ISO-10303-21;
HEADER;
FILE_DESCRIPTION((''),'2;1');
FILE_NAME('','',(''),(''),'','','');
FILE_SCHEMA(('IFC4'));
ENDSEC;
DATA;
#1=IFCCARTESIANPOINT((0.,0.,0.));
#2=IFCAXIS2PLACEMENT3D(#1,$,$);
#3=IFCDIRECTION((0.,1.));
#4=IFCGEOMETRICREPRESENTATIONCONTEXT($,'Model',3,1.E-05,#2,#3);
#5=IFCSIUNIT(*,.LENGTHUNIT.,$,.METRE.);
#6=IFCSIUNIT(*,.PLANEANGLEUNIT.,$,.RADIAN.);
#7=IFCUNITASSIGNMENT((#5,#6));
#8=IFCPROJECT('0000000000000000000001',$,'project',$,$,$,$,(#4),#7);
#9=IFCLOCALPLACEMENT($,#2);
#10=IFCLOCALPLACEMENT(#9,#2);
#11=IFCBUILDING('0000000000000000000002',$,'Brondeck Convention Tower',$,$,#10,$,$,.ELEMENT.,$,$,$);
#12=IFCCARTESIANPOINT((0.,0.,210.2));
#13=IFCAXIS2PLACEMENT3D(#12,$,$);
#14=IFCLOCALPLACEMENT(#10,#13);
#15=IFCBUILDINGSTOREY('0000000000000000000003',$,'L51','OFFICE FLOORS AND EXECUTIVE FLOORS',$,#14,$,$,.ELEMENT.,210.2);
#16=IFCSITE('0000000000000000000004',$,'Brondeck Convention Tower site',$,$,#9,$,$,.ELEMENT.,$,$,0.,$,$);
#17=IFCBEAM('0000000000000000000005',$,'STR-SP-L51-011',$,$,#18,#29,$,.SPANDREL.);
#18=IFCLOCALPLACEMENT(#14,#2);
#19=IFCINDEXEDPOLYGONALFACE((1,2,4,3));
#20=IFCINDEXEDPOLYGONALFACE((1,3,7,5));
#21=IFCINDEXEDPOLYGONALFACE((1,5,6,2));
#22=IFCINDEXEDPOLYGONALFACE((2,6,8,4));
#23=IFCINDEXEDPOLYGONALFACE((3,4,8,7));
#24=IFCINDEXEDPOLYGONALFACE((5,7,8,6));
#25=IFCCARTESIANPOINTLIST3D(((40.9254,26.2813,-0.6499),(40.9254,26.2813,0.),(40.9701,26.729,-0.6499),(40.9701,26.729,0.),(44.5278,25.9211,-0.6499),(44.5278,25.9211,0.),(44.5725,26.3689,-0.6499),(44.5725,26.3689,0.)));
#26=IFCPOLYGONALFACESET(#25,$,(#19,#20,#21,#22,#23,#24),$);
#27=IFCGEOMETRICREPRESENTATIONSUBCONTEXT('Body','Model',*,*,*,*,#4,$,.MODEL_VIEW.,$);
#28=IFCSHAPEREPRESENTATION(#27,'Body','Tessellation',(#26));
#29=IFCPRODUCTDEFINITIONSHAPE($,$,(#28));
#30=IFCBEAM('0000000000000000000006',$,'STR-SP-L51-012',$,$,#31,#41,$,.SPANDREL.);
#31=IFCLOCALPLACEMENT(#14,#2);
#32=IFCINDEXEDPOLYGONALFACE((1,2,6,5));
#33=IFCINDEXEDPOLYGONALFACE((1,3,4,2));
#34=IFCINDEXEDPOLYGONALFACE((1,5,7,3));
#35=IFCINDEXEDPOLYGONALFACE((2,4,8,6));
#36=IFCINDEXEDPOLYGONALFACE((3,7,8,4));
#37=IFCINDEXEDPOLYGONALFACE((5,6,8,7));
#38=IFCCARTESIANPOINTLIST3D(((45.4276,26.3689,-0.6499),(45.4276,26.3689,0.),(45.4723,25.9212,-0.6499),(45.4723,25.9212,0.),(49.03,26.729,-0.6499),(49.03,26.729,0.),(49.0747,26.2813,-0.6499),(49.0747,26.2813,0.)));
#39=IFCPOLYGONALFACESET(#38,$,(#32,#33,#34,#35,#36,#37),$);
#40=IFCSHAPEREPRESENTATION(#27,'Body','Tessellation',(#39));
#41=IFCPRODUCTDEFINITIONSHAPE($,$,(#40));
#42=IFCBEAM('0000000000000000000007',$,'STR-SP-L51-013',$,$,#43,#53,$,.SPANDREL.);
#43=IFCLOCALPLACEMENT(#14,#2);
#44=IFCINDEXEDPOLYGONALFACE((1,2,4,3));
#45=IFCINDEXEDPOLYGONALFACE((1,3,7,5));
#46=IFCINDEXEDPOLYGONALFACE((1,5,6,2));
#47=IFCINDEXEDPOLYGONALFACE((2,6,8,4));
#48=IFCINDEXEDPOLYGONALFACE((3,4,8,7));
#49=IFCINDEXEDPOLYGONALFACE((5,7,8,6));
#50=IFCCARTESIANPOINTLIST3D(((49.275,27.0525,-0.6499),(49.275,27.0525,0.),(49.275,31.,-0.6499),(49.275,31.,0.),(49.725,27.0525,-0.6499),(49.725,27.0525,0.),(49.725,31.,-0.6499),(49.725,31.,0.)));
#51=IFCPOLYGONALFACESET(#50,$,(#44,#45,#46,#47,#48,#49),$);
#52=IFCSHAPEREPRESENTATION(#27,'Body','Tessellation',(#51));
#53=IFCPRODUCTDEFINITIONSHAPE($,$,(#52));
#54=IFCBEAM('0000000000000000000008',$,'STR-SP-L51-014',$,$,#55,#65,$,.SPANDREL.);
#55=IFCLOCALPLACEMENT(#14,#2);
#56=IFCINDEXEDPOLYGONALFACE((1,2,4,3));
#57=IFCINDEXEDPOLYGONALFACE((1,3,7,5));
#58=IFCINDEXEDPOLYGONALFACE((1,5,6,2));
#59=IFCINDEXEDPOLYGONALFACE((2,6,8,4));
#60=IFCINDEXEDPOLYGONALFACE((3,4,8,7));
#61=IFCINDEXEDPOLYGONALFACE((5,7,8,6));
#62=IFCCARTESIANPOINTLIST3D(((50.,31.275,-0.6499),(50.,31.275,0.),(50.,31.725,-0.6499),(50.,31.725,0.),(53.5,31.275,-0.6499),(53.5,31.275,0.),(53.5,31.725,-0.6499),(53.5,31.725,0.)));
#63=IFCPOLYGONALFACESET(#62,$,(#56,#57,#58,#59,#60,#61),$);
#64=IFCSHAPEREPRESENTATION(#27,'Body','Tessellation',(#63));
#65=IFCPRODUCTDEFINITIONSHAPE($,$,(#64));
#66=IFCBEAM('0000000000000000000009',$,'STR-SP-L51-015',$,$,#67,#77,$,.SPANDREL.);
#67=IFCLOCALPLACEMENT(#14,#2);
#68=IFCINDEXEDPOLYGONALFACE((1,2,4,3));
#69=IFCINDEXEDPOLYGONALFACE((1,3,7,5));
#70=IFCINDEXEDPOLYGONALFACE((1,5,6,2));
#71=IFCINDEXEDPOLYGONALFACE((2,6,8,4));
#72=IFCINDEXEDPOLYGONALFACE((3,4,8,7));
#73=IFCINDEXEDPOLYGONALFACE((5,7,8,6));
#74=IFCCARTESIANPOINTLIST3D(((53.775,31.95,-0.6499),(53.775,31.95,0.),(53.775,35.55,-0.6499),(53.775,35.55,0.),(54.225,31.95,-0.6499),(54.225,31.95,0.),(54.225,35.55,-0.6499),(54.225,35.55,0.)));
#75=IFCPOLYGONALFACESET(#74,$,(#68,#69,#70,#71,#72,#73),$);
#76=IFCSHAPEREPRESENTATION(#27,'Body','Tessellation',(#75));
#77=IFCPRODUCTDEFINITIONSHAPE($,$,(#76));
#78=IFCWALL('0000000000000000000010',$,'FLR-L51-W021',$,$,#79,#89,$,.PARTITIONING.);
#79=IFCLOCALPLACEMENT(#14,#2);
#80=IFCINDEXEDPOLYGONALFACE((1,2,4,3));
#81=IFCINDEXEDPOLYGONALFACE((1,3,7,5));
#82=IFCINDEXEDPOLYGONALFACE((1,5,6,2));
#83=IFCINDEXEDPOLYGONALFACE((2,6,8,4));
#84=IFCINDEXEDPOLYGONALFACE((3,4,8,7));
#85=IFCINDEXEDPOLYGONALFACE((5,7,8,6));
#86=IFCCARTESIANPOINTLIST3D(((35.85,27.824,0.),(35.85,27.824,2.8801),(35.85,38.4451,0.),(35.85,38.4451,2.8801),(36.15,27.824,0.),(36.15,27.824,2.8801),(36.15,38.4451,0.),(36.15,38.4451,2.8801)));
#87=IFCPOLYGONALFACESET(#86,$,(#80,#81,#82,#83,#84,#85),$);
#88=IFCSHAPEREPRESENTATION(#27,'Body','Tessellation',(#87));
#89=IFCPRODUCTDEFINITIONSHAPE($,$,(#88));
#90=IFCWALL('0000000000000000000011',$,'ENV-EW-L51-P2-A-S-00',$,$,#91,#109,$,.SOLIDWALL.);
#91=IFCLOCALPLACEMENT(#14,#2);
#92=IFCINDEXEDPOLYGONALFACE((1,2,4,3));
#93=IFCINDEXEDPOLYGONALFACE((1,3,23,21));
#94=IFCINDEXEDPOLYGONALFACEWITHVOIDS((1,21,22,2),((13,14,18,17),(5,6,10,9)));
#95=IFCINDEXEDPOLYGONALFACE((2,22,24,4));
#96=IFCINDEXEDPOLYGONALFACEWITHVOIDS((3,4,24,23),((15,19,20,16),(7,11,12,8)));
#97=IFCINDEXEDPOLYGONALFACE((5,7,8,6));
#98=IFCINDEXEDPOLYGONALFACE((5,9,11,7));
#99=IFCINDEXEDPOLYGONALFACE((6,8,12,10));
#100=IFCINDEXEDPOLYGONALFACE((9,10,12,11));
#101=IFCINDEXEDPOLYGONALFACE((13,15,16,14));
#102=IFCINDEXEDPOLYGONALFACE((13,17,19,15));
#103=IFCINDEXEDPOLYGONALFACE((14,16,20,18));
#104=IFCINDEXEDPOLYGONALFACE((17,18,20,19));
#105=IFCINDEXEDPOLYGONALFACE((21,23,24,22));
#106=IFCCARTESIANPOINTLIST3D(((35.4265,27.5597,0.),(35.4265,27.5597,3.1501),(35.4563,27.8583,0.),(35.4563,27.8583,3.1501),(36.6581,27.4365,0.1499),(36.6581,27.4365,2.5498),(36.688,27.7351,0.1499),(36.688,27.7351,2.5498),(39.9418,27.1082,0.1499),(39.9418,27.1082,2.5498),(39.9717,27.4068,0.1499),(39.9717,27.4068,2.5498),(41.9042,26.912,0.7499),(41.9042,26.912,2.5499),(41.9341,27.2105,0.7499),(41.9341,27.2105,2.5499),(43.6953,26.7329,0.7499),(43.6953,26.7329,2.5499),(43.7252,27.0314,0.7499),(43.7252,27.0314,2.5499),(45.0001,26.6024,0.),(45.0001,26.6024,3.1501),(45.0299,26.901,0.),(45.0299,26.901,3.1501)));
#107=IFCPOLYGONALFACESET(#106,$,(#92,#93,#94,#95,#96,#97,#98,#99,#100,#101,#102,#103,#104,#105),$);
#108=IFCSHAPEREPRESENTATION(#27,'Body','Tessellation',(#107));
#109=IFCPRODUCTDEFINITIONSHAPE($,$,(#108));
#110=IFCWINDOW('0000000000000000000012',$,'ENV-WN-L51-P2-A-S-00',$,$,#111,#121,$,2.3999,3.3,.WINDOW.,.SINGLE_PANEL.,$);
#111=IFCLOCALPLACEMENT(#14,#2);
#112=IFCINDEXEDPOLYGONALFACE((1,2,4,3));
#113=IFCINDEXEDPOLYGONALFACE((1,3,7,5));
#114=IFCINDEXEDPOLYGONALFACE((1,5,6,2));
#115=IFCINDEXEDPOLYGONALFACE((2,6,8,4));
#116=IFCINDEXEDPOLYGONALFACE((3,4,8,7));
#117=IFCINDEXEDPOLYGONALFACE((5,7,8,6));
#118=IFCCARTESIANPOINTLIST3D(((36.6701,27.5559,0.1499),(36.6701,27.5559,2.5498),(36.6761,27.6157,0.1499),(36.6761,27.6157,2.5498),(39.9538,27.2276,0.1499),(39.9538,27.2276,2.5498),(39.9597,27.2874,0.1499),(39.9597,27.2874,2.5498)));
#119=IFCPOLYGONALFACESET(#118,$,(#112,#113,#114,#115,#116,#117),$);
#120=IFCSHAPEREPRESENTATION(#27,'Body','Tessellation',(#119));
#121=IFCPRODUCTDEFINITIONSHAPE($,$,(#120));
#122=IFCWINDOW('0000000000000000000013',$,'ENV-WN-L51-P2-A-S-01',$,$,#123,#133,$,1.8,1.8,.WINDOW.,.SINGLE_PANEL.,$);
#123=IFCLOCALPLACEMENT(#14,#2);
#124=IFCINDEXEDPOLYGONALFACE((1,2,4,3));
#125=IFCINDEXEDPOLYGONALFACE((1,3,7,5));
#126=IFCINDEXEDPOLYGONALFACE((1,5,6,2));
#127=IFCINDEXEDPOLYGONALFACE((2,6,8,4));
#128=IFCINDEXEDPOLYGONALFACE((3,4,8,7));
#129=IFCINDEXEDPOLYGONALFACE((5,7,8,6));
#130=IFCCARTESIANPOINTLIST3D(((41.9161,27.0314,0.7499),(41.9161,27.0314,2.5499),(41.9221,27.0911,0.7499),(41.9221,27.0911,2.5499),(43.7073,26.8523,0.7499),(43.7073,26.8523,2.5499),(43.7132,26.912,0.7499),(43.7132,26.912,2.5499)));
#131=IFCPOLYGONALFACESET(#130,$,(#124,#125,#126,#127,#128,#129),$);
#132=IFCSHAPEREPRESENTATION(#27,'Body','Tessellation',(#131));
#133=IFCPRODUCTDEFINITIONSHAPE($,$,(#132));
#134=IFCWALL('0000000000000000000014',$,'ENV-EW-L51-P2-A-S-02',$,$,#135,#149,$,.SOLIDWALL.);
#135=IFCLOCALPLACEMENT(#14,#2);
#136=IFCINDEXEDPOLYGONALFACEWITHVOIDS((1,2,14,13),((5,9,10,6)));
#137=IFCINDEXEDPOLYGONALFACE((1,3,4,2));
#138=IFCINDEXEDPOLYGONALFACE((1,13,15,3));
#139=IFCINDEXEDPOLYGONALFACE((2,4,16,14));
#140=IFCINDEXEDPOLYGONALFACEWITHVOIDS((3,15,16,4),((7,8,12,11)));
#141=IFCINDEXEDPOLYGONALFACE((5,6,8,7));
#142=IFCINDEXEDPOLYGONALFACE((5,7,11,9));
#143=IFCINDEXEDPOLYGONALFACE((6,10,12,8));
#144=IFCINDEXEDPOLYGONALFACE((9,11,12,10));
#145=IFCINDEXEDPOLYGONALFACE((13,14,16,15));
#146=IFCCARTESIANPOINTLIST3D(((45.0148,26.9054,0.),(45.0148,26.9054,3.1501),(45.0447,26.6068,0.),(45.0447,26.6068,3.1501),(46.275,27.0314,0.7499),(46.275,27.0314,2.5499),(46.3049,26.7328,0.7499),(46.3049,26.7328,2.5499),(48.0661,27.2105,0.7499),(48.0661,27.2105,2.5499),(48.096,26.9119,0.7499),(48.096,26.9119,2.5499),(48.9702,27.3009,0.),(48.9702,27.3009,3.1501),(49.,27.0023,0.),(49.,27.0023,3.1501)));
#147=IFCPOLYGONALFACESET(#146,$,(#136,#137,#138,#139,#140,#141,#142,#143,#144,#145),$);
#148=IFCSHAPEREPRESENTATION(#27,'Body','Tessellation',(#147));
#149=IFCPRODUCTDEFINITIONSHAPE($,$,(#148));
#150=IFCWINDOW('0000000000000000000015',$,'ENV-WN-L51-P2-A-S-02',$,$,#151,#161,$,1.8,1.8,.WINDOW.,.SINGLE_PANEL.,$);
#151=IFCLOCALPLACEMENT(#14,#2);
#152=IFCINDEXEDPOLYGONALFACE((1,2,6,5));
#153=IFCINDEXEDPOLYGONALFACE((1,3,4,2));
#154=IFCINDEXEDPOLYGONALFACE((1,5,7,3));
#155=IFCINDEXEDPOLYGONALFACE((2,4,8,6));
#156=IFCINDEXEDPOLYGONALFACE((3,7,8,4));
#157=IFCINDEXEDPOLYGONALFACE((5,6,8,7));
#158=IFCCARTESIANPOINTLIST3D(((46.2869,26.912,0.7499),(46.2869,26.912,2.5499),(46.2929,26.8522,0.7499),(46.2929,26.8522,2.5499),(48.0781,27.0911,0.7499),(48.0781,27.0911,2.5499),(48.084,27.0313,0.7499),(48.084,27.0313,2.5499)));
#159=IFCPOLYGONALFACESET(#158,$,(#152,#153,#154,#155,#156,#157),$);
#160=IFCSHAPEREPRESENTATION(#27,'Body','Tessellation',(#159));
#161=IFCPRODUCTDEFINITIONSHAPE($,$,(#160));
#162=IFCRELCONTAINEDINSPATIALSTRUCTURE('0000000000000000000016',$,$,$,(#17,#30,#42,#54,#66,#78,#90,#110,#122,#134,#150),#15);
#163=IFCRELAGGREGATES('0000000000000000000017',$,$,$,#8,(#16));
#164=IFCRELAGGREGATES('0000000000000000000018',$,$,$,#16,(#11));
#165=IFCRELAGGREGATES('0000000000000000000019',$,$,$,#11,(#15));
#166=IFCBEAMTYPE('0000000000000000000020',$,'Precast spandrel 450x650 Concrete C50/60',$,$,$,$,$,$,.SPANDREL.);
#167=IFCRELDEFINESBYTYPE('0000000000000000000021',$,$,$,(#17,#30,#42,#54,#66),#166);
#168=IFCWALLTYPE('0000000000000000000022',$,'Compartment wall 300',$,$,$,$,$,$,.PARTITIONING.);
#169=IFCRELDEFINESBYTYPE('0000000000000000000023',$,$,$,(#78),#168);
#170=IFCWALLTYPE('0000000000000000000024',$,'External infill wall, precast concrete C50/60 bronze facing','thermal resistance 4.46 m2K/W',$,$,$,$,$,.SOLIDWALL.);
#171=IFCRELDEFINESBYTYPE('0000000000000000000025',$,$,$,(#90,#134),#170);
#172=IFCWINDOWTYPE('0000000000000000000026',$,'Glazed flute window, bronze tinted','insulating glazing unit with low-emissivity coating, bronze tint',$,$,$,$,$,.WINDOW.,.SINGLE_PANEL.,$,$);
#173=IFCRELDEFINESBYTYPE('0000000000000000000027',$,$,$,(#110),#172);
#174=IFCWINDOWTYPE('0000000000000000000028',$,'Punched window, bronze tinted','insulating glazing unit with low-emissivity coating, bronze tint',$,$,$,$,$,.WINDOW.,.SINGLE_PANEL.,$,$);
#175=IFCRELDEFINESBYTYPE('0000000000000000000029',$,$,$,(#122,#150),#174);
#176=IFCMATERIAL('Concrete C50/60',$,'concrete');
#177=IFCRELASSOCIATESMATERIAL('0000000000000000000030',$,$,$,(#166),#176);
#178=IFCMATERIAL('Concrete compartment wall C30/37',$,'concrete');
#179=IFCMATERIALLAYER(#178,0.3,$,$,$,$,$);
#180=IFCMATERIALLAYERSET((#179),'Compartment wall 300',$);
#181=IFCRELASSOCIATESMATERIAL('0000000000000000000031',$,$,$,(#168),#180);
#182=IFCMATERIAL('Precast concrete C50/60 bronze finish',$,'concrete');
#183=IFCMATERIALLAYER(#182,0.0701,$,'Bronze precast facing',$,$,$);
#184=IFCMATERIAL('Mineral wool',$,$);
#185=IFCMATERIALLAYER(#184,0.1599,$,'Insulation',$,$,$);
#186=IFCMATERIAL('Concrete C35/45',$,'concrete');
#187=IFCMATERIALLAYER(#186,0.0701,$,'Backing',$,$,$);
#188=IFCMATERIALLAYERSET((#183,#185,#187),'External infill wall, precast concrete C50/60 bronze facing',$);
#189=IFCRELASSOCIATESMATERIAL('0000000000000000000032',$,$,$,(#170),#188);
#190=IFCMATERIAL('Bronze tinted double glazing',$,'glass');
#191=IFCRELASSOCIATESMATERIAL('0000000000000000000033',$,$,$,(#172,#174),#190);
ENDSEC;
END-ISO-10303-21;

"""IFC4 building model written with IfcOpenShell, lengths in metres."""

from ifc_helpers import new_model, si_unit, direction, frame, frame_2d, origin, origin_2d, place, context, subcontext, project, spatial, rectangle, extrude, material, layer, layer_set, material_profile, profile_set, type_object, element, fill, save


model = new_model("IFC4")

# Units and contexts
model_context = context("Model", 3, precision=1e-05, world=origin(), true_north=direction((0.0, 1.0)))
body_context = subcontext(model_context, "Body", "Model", "MODEL_VIEW")
ifc_project = project(units=[si_unit("LENGTHUNIT", "METRE"), si_unit("PLANEANGLEUNIT", "RADIAN")], contexts=[model_context])

# Site, building, storey
site_placement = place(None, origin())
site = spatial("IfcSite", under=ifc_project, at=site_placement, Name="Brondeck Convention Tower site", CompositionType="ELEMENT", RefElevation=0.0)
building_placement = place(site_placement, origin())
building = spatial("IfcBuilding", under=site, at=building_placement, Name="Brondeck Convention Tower", CompositionType="ELEMENT")
storey_placement = place(building_placement, frame((0.0, 0.0, 210.2)))
storey = spatial("IfcBuildingStorey", under=building, at=storey_placement, Name="L51", Description="OFFICE FLOORS AND EXECUTIVE FLOORS", CompositionType="ELEMENT", Elevation=210.2)

# Shared definitions
ifc_material_1 = material(Name="Concrete C50/60", Category="concrete")

# Beams
ifc_material_profile_1 = material_profile(ifc_material_1, rectangle(XDim=0.45, YDim=0.6499, at=origin_2d()), Name="Precast spandrel 450x650 Concrete C50/60")
ifc_profile_set_1 = profile_set([ifc_material_profile_1], Name="Concrete C50/60")
beam_type_1 = type_object("IfcBeamType", Name="Precast spandrel 450x650 Concrete C50/60", PredefinedType="SPANDREL", material=ifc_profile_set_1)
for number, where, z_axis, x_axis, name in (
    (1, (40.9478, 26.5051, -0.325), (0.995041, -0.09947, 0.0), (0.09947, 0.995041, 0.0), "STR-SP-L51-011"),
    (2, (45.45, 26.145, -0.325), (0.995041, 0.09947, 0.0), (-0.09947, 0.995041, 0.0), "STR-SP-L51-012"),
):
    element("IfcBeam", number, at=place(storey_placement, frame(where, z_axis=z_axis, x_axis=x_axis)), inside=storey, type_object=beam_type_1, Name=name, PredefinedType="SPANDREL", context=body_context, shape_type="SweptSolid", body=[
        extrude(rectangle(XDim=0.45, YDim=0.6499, at=origin_2d()), origin(), (0.0, 0.0, 1.0), 3.6204),
    ])
beam_1_placement = place(storey_placement, frame((49.5, 27.0525, -0.325), z_axis=(0.0, 1.0, 0.0), x_axis=(-1.0, 0.0, 0.0)))
element("IfcBeam", 3, at=beam_1_placement, inside=storey, type_object=beam_type_1, Name="STR-SP-L51-013", PredefinedType="SPANDREL", context=body_context, shape_type="SweptSolid", body=[
    extrude(rectangle(XDim=0.45, YDim=0.6499, at=origin_2d()), origin(), (0.0, 0.0, 1.0), 3.9475),
])
beam_2_placement = place(storey_placement, frame((50.0, 31.5, -0.325), z_axis=(1.0, 0.0, 0.0), x_axis=(0.0, 1.0, 0.0)))
element("IfcBeam", 4, at=beam_2_placement, inside=storey, type_object=beam_type_1, Name="STR-SP-L51-014", PredefinedType="SPANDREL", context=body_context, shape_type="SweptSolid", body=[
    extrude(rectangle(XDim=0.45, YDim=0.6499, at=origin_2d()), origin(), (0.0, 0.0, 1.0), 3.5),
])
beam_3_placement = place(storey_placement, frame((54.0, 31.95, -0.325), z_axis=(0.0, 1.0, 0.0), x_axis=(-1.0, 0.0, 0.0)))
element("IfcBeam", 5, at=beam_3_placement, inside=storey, type_object=beam_type_1, Name="STR-SP-L51-015", PredefinedType="SPANDREL", context=body_context, shape_type="SweptSolid", body=[
    extrude(rectangle(XDim=0.45, YDim=0.6499, at=origin_2d()), origin(), (0.0, 0.0, 1.0), 3.6001),
])

# Wall
ifc_material_2 = material(Name="Concrete compartment wall C30/37", Category="concrete")
ifc_layer_1 = layer(ifc_material_2, 0.3)
ifc_layer_set_1 = layer_set([ifc_layer_1], Name="Compartment wall 300")
wall_type_1 = type_object("IfcWallType", Name="Compartment wall 300", PredefinedType="PARTITIONING", material=ifc_layer_set_1)
wall_1_placement = place(storey_placement, frame((36.0, 27.824, 0.0), z_axis=(0.0, 0.0, 1.0), x_axis=(0.0, 1.0, 0.0)))
element("IfcWall", 6, at=wall_1_placement, inside=storey, type_object=wall_type_1, Name="FLR-L51-W021", PredefinedType="PARTITIONING", context=body_context, shape_type="SweptSolid", body=[
    extrude(rectangle(XDim=10.6211, YDim=0.3, at=frame_2d((5.3105, 0.0))), origin(), (0.0, 0.0, 1.0), 2.8801),
])

# Wall, openings, windows
ifc_material_3 = material(Name="Precast concrete C50/60 bronze finish", Category="concrete")
ifc_layer_2 = layer(ifc_material_3, 0.0701, Name="Bronze precast facing")
ifc_material_4 = material(Name="Mineral wool")
ifc_layer_3 = layer(ifc_material_4, 0.1599, Name="Insulation")
ifc_material_5 = material(Name="Concrete C35/45", Category="concrete")
ifc_layer_4 = layer(ifc_material_5, 0.0701, Name="Backing")
ifc_layer_set_2 = layer_set([ifc_layer_2, ifc_layer_3, ifc_layer_4], Name="External infill wall, precast concrete C50/60 bronze facing")
wall_type_2 = type_object("IfcWallType", Name="External infill wall, precast concrete C50/60 bronze facing", Description="thermal resistance 4.46 m2K/W", PredefinedType="SOLIDWALL", material=ifc_layer_set_2)
wall_2_placement = place(storey_placement, frame((45.0149, 26.7517, 0.0), z_axis=(0.0, 0.0, 1.0), x_axis=(-0.995038, 0.099496, 0.0)))
wall_2 = element("IfcWall", 7, at=wall_2_placement, inside=storey, type_object=wall_type_2, Name="ENV-EW-L51-P2-A-S-00", PredefinedType="SOLIDWALL", context=body_context, shape_type="SweptSolid", body=[
    extrude(rectangle(XDim=9.6213, YDim=0.3, at=frame_2d((4.8105, 0.0))), origin(), (0.0, 0.0, 1.0), 3.1501),
])
opening_1_placement = place(wall_2_placement, frame((1.3113, 0.0, 0.75)))
opening_1 = element("IfcOpeningElement", 8, at=opening_1_placement, cuts=wall_2, PredefinedType="OPENING", context=body_context, shape_type="SweptSolid", body=[
    extrude(rectangle(XDim=1.8, YDim=1.8, at=frame_2d((0.8999, 0.8999))), frame((0.0, 0.1599, 0.0), z_axis=(0.0, -1.0, 0.0), x_axis=(1.0, 0.0, 0.0)), (0.0, 0.0, 1.0), 0.3201),
])
opening_2_placement = place(wall_2_placement, frame((5.0835, 0.0, 0.1499)))
opening_2 = element("IfcOpeningElement", 9, at=opening_2_placement, cuts=wall_2, PredefinedType="OPENING", context=body_context, shape_type="SweptSolid", body=[
    extrude(rectangle(XDim=3.3, YDim=2.3999, at=frame_2d((1.6499, 1.2))), frame((0.0, 0.1599, 0.0), z_axis=(0.0, -1.0, 0.0), x_axis=(1.0, 0.0, 0.0)), (0.0, 0.0, 1.0), 0.3201),
])
ifc_material_6 = material(Name="Bronze tinted double glazing", Category="glass")
window_type_1 = type_object("IfcWindowType", Name="Glazed flute window, bronze tinted", Description="insulating glazing unit with low-emissivity coating, bronze tint", PartitioningType="SINGLE_PANEL", PredefinedType="WINDOW", material=ifc_material_6)
window_1_placement = place(opening_2_placement, origin())
window_1 = element("IfcWindow", 10, at=window_1_placement, inside=storey, type_object=window_type_1, Name="ENV-WN-L51-P2-A-S-00", OverallHeight=2.3999, OverallWidth=3.3, PartitioningType="SINGLE_PANEL", PredefinedType="WINDOW", context=body_context, shape_type="SweptSolid", body=[
    extrude(rectangle(XDim=3.3, YDim=2.3999, at=frame_2d((1.6499, 1.2))), frame((0.0, 0.03, 0.0), z_axis=(0.0, -1.0, 0.0), x_axis=(1.0, 0.0, 0.0)), (0.0, 0.0, 1.0), 0.0601),
])
fill(opening_2, window_1)
window_type_2 = type_object("IfcWindowType", Name="Punched window, bronze tinted", Description="insulating glazing unit with low-emissivity coating, bronze tint", PartitioningType="SINGLE_PANEL", PredefinedType="WINDOW", material=ifc_material_6)
window_2_placement = place(opening_1_placement, origin())
window_2 = element("IfcWindow", 11, at=window_2_placement, inside=storey, type_object=window_type_2, Name="ENV-WN-L51-P2-A-S-01", OverallHeight=1.8, OverallWidth=1.8, PartitioningType="SINGLE_PANEL", PredefinedType="WINDOW", context=body_context, shape_type="SweptSolid", body=[
    extrude(rectangle(XDim=1.8, YDim=1.8, at=frame_2d((0.8999, 0.8999))), frame((0.0, 0.03, 0.0), z_axis=(0.0, -1.0, 0.0), x_axis=(1.0, 0.0, 0.0)), (0.0, 0.0, 1.0), 0.0601),
])
fill(opening_1, window_2)

# Wall, opening, window
wall_3_placement = place(storey_placement, frame((48.9851, 27.1516, 0.0), z_axis=(0.0, 0.0, 1.0), x_axis=(-0.995038, -0.099498, 0.0)))
wall_3 = element("IfcWall", 12, at=wall_3_placement, inside=storey, type_object=wall_type_2, Name="ENV-EW-L51-P2-A-S-02", PredefinedType="SOLIDWALL", context=body_context, shape_type="SweptSolid", body=[
    extrude(rectangle(XDim=3.9751, YDim=0.3, at=frame_2d((1.9875, 0.0))), origin(), (0.0, 0.0, 1.0), 3.1501),
])
opening_3_placement = place(wall_3_placement, frame((0.9087, 0.0, 0.75)))
opening_3 = element("IfcOpeningElement", 13, at=opening_3_placement, cuts=wall_3, PredefinedType="OPENING", context=body_context, shape_type="SweptSolid", body=[
    extrude(rectangle(XDim=1.8, YDim=1.8, at=frame_2d((0.8999, 0.8999))), frame((0.0, 0.1599, 0.0), z_axis=(0.0, -1.0, 0.0), x_axis=(1.0, 0.0, 0.0)), (0.0, 0.0, 1.0), 0.3201),
])
window_3_placement = place(opening_3_placement, origin())
window_3 = element("IfcWindow", 14, at=window_3_placement, inside=storey, type_object=window_type_2, Name="ENV-WN-L51-P2-A-S-02", OverallHeight=1.8, OverallWidth=1.8, PartitioningType="SINGLE_PANEL", PredefinedType="WINDOW", context=body_context, shape_type="SweptSolid", body=[
    extrude(rectangle(XDim=1.8, YDim=1.8, at=frame_2d((0.8999, 0.8999))), frame((0.0, 0.03, 0.0), z_axis=(0.0, -1.0, 0.0), x_axis=(1.0, 0.0, 0.0)), (0.0, 0.0, 1.0), 0.0601),
])
fill(opening_3, window_3)

save(model, "model.ifc")
